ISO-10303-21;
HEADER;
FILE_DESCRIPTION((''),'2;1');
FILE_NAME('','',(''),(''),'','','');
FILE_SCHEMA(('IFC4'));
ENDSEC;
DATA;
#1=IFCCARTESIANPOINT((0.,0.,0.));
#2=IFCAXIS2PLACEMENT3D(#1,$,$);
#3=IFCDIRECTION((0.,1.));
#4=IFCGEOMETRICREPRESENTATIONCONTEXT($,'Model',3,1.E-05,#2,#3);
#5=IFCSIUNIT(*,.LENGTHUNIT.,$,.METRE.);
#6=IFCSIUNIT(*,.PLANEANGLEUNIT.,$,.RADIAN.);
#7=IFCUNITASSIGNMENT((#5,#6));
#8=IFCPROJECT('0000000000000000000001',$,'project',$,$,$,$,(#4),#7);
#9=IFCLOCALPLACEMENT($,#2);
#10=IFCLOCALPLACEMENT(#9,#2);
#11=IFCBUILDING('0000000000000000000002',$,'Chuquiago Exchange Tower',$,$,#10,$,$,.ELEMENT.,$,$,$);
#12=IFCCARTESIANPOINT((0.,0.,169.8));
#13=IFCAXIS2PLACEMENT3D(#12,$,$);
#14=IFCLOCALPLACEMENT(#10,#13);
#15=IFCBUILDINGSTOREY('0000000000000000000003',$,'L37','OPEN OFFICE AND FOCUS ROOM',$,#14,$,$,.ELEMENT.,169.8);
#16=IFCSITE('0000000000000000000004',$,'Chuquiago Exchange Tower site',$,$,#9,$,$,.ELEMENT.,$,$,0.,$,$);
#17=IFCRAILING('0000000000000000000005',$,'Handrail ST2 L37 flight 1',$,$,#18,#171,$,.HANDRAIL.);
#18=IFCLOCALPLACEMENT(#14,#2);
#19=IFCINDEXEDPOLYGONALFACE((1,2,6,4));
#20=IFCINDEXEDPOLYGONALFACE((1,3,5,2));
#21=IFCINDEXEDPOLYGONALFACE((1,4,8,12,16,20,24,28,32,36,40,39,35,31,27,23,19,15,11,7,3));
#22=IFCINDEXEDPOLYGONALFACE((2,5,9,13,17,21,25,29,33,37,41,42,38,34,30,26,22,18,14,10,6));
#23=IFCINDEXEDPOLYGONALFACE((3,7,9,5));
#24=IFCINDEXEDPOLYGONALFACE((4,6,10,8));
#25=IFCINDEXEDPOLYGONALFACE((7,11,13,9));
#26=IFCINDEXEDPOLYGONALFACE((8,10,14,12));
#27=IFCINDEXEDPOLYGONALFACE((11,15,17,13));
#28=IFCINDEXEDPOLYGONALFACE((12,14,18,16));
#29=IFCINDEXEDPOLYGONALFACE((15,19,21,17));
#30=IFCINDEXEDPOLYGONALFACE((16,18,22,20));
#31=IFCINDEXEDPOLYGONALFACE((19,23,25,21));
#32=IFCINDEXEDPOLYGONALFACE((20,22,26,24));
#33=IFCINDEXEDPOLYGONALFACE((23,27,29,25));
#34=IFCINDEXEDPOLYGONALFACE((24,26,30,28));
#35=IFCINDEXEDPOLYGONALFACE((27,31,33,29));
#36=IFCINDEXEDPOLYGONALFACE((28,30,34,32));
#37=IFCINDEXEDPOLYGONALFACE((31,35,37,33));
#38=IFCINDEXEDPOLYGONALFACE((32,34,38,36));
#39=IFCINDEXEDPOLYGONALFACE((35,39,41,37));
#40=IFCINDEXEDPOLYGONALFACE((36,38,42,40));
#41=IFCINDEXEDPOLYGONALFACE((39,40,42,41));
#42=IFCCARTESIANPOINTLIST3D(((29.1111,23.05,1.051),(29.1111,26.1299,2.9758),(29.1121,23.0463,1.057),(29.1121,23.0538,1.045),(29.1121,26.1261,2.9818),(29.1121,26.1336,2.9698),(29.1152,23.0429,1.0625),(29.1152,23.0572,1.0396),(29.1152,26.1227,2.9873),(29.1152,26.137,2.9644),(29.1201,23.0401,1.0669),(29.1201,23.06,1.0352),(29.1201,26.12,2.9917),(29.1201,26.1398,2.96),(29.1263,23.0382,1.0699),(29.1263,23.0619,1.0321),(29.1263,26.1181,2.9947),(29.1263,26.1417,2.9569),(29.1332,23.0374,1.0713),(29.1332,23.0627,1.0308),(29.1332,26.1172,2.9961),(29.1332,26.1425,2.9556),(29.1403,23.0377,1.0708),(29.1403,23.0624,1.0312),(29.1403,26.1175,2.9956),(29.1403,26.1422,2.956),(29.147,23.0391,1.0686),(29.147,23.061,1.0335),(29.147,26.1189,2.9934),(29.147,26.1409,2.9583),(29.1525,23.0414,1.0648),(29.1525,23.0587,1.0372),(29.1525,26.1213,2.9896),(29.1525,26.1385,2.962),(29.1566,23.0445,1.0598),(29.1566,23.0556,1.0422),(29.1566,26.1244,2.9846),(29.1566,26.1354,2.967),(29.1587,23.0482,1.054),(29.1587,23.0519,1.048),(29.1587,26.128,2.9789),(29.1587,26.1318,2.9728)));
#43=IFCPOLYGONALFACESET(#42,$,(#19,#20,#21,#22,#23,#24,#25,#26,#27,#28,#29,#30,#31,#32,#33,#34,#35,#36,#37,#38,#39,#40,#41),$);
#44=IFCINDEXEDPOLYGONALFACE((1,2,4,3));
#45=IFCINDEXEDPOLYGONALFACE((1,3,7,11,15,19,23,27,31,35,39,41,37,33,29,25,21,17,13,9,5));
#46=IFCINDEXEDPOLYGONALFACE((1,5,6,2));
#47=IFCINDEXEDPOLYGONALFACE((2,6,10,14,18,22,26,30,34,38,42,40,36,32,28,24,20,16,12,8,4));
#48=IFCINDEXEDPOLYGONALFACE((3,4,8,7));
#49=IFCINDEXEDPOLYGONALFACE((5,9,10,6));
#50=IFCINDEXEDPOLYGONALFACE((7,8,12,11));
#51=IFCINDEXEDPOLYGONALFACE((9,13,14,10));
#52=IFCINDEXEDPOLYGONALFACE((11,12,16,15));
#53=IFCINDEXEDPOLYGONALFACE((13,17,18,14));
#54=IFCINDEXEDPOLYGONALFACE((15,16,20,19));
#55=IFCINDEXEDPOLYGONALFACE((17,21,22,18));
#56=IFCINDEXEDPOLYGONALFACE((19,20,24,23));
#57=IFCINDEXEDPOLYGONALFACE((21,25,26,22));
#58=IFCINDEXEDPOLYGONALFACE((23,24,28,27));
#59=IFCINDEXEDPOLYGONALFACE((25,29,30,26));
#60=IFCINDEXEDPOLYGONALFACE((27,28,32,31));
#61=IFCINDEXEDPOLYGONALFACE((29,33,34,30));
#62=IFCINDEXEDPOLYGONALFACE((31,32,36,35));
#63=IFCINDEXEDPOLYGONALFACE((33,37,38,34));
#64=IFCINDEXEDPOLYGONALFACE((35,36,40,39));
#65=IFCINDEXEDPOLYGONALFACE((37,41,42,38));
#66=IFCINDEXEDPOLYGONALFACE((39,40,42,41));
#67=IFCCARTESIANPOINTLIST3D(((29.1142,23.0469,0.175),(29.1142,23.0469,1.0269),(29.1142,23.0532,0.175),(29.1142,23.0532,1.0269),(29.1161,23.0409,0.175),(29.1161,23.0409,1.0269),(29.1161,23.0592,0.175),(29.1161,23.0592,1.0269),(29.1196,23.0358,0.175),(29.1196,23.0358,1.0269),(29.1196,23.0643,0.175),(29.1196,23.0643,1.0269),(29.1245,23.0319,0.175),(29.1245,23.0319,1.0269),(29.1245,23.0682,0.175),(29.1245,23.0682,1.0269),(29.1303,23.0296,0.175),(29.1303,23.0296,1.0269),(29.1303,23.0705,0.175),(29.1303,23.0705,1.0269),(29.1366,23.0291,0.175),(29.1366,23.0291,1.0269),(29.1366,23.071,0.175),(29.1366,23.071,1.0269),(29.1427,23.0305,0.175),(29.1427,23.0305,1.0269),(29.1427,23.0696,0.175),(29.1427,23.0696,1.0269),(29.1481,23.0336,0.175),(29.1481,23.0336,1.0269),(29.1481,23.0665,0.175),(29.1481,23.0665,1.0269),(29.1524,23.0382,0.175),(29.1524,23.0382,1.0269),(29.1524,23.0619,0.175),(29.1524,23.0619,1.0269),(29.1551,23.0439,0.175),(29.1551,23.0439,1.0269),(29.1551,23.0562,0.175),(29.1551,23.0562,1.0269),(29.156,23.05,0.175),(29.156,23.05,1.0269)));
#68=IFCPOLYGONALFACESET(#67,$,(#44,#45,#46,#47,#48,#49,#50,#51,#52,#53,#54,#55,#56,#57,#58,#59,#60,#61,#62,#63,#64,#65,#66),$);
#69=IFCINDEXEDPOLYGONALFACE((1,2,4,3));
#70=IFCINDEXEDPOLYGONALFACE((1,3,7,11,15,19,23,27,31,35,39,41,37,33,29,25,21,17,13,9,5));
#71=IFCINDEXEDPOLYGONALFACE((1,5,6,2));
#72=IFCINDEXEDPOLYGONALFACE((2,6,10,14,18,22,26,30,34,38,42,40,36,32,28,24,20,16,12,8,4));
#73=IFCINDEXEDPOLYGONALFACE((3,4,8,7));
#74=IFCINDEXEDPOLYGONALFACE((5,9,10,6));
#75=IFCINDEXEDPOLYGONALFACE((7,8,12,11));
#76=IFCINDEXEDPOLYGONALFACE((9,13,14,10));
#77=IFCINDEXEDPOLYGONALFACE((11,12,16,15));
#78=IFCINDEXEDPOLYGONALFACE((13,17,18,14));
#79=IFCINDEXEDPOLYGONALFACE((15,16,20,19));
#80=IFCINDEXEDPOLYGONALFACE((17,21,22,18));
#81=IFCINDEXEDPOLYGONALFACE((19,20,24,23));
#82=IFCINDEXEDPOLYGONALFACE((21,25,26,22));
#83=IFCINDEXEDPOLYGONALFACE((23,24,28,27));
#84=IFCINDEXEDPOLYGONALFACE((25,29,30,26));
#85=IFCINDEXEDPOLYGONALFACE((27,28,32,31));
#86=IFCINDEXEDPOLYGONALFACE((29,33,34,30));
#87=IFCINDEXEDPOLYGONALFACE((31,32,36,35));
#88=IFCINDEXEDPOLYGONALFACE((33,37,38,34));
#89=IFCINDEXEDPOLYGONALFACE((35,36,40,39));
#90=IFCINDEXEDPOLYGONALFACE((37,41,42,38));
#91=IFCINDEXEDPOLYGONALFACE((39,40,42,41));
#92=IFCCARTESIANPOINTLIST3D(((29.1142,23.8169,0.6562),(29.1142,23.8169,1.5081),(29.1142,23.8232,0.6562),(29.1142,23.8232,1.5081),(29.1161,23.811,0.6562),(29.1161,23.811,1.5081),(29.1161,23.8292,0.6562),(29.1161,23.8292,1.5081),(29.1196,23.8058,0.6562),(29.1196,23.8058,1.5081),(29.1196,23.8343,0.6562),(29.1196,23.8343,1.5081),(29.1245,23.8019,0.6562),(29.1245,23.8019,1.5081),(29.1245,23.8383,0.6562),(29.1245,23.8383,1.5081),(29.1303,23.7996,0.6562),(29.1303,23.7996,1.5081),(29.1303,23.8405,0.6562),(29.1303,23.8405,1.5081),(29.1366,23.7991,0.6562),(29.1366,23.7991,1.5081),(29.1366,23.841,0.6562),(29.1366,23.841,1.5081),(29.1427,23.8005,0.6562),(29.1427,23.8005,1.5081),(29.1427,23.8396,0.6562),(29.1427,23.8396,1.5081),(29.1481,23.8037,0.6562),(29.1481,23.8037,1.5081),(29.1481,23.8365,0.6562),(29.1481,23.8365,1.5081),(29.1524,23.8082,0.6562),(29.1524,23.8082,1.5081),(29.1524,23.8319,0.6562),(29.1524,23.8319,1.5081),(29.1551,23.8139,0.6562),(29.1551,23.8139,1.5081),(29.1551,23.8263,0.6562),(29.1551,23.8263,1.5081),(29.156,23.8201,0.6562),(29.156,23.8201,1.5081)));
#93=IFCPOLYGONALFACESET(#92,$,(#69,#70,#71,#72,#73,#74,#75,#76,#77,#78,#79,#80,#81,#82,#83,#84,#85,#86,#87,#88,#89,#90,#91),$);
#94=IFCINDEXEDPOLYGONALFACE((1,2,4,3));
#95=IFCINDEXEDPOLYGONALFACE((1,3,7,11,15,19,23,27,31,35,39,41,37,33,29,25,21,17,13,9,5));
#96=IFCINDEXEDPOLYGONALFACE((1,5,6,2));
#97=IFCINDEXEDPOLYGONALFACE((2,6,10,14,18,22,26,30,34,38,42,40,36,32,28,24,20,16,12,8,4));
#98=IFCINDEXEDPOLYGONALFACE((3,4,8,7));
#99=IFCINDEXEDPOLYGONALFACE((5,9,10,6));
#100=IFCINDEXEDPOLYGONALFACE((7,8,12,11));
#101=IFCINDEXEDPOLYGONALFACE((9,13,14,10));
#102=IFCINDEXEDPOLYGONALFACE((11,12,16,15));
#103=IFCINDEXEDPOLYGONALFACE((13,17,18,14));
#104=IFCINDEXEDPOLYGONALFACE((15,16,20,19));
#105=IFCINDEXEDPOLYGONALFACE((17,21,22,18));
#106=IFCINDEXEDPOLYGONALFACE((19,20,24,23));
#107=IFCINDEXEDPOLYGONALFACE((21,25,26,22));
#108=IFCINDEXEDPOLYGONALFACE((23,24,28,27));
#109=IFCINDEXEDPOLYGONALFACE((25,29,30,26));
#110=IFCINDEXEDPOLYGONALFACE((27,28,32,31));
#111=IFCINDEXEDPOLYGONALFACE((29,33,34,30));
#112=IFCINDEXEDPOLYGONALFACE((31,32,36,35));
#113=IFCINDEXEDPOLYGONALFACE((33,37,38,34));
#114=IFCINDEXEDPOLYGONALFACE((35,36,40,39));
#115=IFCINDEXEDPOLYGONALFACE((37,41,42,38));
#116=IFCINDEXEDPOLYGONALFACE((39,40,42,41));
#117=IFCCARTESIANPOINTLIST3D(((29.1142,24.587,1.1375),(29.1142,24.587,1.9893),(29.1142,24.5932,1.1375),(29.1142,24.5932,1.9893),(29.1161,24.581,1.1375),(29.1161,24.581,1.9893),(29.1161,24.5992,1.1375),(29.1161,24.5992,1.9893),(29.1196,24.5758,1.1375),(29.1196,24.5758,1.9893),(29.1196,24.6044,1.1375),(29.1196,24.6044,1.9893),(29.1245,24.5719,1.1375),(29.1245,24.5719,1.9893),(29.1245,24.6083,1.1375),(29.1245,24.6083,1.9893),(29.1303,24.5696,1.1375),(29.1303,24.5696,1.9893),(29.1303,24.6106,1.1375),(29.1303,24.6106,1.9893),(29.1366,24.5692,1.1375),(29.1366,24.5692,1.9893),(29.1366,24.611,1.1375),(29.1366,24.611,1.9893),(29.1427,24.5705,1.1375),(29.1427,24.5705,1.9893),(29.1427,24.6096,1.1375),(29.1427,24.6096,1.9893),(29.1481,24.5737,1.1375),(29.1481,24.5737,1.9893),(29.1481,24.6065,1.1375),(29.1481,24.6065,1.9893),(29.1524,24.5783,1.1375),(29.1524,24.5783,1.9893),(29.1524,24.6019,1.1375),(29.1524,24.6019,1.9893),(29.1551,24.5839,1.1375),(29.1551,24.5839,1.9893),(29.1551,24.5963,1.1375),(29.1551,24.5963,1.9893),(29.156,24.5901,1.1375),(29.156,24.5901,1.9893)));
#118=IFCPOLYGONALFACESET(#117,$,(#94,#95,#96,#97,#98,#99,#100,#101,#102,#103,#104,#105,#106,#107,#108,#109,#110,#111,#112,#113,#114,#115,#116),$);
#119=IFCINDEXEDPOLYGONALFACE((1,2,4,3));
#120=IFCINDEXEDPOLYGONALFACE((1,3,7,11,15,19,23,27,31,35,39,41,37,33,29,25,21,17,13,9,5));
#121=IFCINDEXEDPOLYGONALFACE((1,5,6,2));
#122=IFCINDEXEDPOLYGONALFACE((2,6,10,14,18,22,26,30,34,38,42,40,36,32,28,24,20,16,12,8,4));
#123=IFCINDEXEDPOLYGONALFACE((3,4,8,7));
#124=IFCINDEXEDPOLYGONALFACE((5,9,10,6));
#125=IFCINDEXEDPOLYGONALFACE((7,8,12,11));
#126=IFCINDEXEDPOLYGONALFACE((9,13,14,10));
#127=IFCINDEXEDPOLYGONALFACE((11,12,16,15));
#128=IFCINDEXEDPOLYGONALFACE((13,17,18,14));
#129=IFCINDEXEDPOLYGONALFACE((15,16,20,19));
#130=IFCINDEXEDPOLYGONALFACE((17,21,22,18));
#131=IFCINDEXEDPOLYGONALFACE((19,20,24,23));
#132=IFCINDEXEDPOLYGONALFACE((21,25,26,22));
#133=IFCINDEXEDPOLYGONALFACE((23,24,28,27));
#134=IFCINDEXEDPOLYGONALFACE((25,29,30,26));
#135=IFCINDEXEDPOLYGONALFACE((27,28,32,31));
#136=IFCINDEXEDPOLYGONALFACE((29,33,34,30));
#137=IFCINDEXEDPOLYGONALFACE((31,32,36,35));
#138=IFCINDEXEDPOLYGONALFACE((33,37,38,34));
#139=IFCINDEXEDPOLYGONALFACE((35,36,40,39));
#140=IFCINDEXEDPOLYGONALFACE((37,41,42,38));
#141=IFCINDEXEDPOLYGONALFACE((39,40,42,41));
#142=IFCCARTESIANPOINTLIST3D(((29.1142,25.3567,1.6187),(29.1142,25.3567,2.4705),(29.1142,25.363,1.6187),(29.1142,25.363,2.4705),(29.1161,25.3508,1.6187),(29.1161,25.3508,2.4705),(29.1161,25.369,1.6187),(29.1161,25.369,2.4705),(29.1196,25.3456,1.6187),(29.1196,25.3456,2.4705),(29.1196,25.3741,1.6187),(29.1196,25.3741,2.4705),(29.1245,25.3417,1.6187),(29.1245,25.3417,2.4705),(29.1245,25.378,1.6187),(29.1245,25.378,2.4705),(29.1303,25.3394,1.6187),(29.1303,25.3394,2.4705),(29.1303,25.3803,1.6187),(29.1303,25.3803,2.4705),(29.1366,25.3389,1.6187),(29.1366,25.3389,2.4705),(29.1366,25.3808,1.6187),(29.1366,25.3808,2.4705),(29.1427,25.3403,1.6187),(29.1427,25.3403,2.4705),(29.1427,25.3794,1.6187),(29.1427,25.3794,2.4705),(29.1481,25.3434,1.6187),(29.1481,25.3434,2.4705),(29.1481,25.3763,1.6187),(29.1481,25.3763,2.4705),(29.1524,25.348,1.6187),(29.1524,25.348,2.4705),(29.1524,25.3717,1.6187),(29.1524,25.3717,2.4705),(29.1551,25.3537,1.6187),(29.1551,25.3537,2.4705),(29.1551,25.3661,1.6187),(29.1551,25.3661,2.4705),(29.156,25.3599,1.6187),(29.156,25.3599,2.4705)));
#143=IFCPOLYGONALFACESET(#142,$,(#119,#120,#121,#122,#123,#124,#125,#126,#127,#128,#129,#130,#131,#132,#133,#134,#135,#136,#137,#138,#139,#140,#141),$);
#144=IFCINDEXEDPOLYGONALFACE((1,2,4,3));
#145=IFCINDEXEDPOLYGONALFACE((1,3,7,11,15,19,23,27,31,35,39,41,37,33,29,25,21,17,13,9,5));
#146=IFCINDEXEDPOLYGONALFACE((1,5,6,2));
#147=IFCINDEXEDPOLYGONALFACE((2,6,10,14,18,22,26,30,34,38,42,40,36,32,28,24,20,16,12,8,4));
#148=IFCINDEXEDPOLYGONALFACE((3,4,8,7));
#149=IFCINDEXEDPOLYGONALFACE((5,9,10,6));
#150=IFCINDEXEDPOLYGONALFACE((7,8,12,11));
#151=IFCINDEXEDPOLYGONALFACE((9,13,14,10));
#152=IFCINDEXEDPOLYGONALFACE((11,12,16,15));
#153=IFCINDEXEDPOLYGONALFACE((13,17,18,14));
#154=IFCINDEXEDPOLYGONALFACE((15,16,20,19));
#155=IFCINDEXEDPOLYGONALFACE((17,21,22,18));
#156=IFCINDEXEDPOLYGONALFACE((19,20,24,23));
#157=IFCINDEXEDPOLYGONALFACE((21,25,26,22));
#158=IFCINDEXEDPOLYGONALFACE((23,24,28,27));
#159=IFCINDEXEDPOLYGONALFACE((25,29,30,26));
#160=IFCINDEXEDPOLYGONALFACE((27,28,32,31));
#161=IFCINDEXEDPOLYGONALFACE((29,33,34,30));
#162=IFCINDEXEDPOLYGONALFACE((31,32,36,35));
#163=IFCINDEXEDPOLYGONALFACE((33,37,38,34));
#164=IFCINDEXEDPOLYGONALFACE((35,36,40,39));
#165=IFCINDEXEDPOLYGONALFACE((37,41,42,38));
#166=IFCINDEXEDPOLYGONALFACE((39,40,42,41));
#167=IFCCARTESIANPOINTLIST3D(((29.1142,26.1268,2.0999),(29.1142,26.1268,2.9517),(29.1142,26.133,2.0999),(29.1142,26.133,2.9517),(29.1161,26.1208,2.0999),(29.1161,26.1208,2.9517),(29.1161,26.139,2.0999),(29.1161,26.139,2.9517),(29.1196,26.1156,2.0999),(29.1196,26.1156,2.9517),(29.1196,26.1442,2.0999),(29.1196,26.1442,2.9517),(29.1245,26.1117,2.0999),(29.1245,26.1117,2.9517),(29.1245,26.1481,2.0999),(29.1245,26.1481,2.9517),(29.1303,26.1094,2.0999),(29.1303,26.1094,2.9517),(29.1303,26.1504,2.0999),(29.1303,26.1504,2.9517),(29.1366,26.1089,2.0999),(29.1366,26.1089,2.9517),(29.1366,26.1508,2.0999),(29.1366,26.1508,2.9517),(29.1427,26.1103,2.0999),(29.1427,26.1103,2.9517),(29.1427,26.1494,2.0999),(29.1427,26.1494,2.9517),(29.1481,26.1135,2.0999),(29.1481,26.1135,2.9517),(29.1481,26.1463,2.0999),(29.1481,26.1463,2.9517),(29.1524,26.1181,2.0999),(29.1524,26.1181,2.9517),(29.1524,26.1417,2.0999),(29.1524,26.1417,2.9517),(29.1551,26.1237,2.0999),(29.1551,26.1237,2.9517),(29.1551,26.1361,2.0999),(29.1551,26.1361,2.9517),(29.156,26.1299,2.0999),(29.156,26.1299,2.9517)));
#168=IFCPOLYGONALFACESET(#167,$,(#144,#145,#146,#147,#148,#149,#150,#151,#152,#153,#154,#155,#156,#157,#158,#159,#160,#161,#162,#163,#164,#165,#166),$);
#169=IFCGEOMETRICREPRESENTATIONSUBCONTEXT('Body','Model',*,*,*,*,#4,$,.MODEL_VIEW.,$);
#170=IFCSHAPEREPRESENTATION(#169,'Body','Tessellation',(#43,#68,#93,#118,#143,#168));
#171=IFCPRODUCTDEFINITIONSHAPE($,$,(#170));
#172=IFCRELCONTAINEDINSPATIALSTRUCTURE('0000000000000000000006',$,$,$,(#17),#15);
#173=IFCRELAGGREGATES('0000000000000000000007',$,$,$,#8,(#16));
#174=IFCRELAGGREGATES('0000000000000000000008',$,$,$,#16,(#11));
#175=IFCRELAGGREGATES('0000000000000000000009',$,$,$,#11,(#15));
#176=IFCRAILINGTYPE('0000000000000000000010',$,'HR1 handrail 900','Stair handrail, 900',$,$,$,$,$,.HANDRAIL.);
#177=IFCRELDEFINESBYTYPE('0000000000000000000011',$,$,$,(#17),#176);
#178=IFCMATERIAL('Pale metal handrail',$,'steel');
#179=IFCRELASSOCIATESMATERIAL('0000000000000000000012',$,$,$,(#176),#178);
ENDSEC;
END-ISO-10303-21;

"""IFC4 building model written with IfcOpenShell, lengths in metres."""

from ifc_helpers import new_model, si_unit, direction, frame, origin, origin_2d, place, context, subcontext, project, spatial, circle, extrude, material, type_object, element, save


model = new_model("IFC4")

# Units and contexts
model_context = context("Model", 3, precision=1e-05, world=origin(), true_north=direction((0.0, 1.0)))
body_context = subcontext(model_context, "Body", "Model", "MODEL_VIEW")
ifc_project = project(units=[si_unit("LENGTHUNIT", "METRE"), si_unit("PLANEANGLEUNIT", "RADIAN")], contexts=[model_context])

# Site, building, storey
site_placement = place(None, origin())
site = spatial("IfcSite", under=ifc_project, at=site_placement, Name="Chuquiago Exchange Tower site", CompositionType="ELEMENT", RefElevation=0.0)
building_placement = place(site_placement, origin())
building = spatial("IfcBuilding", under=site, at=building_placement, Name="Chuquiago Exchange Tower", CompositionType="ELEMENT")
storey_placement = place(building_placement, frame((0.0, 0.0, 169.8)))
storey = spatial("IfcBuildingStorey", under=building, at=storey_placement, Name="L37", Description="OPEN OFFICE AND FOCUS ROOM", CompositionType="ELEMENT", Elevation=169.8)

# Railing
ifc_material_1 = material(Name="Pale metal handrail", Category="steel")
railing_type = type_object("IfcRailingType", Name="HR1 handrail 900", Description="Stair handrail, 900", PredefinedType="HANDRAIL", material=ifc_material_1)
for number, where, name in (
    (1, (29.135, 23.05, 0.175), "Handrail ST2 L37 flight 1"),
):
    element("IfcRailing", number, at=place(storey_placement, frame(where)), inside=storey, type_object=railing_type, Name=name, PredefinedType="HANDRAIL", context=body_context, shape_type="SweptSolid", body=[
        extrude(circle(Radius=0.0239, at=origin_2d()), frame((0.0, 0.0, 0.876), z_axis=(0.0, 0.84801, 0.529981), x_axis=(-1.0, 0.0, 0.0)), (0.0, 0.0, 1.0), 3.6318),
        extrude(circle(Radius=0.021, at=origin_2d()), origin(), (0.0, 0.0, 1.0), 0.8518),
        extrude(circle(Radius=0.021, at=origin_2d()), frame((0.0, 0.77, 0.4812)), (0.0, 0.0, 1.0), 0.8518),
        extrude(circle(Radius=0.021, at=origin_2d()), frame((0.0, 1.54, 0.9624)), (0.0, 0.0, 1.0), 0.8518),
        extrude(circle(Radius=0.021, at=origin_2d()), frame((0.0, 2.3098, 1.4436)), (0.0, 0.0, 1.0), 0.8518),
        extrude(circle(Radius=0.021, at=origin_2d()), frame((0.0, 3.0798, 1.9248)), (0.0, 0.0, 1.0), 0.8518),
    ])

save(model, "model.ifc")
